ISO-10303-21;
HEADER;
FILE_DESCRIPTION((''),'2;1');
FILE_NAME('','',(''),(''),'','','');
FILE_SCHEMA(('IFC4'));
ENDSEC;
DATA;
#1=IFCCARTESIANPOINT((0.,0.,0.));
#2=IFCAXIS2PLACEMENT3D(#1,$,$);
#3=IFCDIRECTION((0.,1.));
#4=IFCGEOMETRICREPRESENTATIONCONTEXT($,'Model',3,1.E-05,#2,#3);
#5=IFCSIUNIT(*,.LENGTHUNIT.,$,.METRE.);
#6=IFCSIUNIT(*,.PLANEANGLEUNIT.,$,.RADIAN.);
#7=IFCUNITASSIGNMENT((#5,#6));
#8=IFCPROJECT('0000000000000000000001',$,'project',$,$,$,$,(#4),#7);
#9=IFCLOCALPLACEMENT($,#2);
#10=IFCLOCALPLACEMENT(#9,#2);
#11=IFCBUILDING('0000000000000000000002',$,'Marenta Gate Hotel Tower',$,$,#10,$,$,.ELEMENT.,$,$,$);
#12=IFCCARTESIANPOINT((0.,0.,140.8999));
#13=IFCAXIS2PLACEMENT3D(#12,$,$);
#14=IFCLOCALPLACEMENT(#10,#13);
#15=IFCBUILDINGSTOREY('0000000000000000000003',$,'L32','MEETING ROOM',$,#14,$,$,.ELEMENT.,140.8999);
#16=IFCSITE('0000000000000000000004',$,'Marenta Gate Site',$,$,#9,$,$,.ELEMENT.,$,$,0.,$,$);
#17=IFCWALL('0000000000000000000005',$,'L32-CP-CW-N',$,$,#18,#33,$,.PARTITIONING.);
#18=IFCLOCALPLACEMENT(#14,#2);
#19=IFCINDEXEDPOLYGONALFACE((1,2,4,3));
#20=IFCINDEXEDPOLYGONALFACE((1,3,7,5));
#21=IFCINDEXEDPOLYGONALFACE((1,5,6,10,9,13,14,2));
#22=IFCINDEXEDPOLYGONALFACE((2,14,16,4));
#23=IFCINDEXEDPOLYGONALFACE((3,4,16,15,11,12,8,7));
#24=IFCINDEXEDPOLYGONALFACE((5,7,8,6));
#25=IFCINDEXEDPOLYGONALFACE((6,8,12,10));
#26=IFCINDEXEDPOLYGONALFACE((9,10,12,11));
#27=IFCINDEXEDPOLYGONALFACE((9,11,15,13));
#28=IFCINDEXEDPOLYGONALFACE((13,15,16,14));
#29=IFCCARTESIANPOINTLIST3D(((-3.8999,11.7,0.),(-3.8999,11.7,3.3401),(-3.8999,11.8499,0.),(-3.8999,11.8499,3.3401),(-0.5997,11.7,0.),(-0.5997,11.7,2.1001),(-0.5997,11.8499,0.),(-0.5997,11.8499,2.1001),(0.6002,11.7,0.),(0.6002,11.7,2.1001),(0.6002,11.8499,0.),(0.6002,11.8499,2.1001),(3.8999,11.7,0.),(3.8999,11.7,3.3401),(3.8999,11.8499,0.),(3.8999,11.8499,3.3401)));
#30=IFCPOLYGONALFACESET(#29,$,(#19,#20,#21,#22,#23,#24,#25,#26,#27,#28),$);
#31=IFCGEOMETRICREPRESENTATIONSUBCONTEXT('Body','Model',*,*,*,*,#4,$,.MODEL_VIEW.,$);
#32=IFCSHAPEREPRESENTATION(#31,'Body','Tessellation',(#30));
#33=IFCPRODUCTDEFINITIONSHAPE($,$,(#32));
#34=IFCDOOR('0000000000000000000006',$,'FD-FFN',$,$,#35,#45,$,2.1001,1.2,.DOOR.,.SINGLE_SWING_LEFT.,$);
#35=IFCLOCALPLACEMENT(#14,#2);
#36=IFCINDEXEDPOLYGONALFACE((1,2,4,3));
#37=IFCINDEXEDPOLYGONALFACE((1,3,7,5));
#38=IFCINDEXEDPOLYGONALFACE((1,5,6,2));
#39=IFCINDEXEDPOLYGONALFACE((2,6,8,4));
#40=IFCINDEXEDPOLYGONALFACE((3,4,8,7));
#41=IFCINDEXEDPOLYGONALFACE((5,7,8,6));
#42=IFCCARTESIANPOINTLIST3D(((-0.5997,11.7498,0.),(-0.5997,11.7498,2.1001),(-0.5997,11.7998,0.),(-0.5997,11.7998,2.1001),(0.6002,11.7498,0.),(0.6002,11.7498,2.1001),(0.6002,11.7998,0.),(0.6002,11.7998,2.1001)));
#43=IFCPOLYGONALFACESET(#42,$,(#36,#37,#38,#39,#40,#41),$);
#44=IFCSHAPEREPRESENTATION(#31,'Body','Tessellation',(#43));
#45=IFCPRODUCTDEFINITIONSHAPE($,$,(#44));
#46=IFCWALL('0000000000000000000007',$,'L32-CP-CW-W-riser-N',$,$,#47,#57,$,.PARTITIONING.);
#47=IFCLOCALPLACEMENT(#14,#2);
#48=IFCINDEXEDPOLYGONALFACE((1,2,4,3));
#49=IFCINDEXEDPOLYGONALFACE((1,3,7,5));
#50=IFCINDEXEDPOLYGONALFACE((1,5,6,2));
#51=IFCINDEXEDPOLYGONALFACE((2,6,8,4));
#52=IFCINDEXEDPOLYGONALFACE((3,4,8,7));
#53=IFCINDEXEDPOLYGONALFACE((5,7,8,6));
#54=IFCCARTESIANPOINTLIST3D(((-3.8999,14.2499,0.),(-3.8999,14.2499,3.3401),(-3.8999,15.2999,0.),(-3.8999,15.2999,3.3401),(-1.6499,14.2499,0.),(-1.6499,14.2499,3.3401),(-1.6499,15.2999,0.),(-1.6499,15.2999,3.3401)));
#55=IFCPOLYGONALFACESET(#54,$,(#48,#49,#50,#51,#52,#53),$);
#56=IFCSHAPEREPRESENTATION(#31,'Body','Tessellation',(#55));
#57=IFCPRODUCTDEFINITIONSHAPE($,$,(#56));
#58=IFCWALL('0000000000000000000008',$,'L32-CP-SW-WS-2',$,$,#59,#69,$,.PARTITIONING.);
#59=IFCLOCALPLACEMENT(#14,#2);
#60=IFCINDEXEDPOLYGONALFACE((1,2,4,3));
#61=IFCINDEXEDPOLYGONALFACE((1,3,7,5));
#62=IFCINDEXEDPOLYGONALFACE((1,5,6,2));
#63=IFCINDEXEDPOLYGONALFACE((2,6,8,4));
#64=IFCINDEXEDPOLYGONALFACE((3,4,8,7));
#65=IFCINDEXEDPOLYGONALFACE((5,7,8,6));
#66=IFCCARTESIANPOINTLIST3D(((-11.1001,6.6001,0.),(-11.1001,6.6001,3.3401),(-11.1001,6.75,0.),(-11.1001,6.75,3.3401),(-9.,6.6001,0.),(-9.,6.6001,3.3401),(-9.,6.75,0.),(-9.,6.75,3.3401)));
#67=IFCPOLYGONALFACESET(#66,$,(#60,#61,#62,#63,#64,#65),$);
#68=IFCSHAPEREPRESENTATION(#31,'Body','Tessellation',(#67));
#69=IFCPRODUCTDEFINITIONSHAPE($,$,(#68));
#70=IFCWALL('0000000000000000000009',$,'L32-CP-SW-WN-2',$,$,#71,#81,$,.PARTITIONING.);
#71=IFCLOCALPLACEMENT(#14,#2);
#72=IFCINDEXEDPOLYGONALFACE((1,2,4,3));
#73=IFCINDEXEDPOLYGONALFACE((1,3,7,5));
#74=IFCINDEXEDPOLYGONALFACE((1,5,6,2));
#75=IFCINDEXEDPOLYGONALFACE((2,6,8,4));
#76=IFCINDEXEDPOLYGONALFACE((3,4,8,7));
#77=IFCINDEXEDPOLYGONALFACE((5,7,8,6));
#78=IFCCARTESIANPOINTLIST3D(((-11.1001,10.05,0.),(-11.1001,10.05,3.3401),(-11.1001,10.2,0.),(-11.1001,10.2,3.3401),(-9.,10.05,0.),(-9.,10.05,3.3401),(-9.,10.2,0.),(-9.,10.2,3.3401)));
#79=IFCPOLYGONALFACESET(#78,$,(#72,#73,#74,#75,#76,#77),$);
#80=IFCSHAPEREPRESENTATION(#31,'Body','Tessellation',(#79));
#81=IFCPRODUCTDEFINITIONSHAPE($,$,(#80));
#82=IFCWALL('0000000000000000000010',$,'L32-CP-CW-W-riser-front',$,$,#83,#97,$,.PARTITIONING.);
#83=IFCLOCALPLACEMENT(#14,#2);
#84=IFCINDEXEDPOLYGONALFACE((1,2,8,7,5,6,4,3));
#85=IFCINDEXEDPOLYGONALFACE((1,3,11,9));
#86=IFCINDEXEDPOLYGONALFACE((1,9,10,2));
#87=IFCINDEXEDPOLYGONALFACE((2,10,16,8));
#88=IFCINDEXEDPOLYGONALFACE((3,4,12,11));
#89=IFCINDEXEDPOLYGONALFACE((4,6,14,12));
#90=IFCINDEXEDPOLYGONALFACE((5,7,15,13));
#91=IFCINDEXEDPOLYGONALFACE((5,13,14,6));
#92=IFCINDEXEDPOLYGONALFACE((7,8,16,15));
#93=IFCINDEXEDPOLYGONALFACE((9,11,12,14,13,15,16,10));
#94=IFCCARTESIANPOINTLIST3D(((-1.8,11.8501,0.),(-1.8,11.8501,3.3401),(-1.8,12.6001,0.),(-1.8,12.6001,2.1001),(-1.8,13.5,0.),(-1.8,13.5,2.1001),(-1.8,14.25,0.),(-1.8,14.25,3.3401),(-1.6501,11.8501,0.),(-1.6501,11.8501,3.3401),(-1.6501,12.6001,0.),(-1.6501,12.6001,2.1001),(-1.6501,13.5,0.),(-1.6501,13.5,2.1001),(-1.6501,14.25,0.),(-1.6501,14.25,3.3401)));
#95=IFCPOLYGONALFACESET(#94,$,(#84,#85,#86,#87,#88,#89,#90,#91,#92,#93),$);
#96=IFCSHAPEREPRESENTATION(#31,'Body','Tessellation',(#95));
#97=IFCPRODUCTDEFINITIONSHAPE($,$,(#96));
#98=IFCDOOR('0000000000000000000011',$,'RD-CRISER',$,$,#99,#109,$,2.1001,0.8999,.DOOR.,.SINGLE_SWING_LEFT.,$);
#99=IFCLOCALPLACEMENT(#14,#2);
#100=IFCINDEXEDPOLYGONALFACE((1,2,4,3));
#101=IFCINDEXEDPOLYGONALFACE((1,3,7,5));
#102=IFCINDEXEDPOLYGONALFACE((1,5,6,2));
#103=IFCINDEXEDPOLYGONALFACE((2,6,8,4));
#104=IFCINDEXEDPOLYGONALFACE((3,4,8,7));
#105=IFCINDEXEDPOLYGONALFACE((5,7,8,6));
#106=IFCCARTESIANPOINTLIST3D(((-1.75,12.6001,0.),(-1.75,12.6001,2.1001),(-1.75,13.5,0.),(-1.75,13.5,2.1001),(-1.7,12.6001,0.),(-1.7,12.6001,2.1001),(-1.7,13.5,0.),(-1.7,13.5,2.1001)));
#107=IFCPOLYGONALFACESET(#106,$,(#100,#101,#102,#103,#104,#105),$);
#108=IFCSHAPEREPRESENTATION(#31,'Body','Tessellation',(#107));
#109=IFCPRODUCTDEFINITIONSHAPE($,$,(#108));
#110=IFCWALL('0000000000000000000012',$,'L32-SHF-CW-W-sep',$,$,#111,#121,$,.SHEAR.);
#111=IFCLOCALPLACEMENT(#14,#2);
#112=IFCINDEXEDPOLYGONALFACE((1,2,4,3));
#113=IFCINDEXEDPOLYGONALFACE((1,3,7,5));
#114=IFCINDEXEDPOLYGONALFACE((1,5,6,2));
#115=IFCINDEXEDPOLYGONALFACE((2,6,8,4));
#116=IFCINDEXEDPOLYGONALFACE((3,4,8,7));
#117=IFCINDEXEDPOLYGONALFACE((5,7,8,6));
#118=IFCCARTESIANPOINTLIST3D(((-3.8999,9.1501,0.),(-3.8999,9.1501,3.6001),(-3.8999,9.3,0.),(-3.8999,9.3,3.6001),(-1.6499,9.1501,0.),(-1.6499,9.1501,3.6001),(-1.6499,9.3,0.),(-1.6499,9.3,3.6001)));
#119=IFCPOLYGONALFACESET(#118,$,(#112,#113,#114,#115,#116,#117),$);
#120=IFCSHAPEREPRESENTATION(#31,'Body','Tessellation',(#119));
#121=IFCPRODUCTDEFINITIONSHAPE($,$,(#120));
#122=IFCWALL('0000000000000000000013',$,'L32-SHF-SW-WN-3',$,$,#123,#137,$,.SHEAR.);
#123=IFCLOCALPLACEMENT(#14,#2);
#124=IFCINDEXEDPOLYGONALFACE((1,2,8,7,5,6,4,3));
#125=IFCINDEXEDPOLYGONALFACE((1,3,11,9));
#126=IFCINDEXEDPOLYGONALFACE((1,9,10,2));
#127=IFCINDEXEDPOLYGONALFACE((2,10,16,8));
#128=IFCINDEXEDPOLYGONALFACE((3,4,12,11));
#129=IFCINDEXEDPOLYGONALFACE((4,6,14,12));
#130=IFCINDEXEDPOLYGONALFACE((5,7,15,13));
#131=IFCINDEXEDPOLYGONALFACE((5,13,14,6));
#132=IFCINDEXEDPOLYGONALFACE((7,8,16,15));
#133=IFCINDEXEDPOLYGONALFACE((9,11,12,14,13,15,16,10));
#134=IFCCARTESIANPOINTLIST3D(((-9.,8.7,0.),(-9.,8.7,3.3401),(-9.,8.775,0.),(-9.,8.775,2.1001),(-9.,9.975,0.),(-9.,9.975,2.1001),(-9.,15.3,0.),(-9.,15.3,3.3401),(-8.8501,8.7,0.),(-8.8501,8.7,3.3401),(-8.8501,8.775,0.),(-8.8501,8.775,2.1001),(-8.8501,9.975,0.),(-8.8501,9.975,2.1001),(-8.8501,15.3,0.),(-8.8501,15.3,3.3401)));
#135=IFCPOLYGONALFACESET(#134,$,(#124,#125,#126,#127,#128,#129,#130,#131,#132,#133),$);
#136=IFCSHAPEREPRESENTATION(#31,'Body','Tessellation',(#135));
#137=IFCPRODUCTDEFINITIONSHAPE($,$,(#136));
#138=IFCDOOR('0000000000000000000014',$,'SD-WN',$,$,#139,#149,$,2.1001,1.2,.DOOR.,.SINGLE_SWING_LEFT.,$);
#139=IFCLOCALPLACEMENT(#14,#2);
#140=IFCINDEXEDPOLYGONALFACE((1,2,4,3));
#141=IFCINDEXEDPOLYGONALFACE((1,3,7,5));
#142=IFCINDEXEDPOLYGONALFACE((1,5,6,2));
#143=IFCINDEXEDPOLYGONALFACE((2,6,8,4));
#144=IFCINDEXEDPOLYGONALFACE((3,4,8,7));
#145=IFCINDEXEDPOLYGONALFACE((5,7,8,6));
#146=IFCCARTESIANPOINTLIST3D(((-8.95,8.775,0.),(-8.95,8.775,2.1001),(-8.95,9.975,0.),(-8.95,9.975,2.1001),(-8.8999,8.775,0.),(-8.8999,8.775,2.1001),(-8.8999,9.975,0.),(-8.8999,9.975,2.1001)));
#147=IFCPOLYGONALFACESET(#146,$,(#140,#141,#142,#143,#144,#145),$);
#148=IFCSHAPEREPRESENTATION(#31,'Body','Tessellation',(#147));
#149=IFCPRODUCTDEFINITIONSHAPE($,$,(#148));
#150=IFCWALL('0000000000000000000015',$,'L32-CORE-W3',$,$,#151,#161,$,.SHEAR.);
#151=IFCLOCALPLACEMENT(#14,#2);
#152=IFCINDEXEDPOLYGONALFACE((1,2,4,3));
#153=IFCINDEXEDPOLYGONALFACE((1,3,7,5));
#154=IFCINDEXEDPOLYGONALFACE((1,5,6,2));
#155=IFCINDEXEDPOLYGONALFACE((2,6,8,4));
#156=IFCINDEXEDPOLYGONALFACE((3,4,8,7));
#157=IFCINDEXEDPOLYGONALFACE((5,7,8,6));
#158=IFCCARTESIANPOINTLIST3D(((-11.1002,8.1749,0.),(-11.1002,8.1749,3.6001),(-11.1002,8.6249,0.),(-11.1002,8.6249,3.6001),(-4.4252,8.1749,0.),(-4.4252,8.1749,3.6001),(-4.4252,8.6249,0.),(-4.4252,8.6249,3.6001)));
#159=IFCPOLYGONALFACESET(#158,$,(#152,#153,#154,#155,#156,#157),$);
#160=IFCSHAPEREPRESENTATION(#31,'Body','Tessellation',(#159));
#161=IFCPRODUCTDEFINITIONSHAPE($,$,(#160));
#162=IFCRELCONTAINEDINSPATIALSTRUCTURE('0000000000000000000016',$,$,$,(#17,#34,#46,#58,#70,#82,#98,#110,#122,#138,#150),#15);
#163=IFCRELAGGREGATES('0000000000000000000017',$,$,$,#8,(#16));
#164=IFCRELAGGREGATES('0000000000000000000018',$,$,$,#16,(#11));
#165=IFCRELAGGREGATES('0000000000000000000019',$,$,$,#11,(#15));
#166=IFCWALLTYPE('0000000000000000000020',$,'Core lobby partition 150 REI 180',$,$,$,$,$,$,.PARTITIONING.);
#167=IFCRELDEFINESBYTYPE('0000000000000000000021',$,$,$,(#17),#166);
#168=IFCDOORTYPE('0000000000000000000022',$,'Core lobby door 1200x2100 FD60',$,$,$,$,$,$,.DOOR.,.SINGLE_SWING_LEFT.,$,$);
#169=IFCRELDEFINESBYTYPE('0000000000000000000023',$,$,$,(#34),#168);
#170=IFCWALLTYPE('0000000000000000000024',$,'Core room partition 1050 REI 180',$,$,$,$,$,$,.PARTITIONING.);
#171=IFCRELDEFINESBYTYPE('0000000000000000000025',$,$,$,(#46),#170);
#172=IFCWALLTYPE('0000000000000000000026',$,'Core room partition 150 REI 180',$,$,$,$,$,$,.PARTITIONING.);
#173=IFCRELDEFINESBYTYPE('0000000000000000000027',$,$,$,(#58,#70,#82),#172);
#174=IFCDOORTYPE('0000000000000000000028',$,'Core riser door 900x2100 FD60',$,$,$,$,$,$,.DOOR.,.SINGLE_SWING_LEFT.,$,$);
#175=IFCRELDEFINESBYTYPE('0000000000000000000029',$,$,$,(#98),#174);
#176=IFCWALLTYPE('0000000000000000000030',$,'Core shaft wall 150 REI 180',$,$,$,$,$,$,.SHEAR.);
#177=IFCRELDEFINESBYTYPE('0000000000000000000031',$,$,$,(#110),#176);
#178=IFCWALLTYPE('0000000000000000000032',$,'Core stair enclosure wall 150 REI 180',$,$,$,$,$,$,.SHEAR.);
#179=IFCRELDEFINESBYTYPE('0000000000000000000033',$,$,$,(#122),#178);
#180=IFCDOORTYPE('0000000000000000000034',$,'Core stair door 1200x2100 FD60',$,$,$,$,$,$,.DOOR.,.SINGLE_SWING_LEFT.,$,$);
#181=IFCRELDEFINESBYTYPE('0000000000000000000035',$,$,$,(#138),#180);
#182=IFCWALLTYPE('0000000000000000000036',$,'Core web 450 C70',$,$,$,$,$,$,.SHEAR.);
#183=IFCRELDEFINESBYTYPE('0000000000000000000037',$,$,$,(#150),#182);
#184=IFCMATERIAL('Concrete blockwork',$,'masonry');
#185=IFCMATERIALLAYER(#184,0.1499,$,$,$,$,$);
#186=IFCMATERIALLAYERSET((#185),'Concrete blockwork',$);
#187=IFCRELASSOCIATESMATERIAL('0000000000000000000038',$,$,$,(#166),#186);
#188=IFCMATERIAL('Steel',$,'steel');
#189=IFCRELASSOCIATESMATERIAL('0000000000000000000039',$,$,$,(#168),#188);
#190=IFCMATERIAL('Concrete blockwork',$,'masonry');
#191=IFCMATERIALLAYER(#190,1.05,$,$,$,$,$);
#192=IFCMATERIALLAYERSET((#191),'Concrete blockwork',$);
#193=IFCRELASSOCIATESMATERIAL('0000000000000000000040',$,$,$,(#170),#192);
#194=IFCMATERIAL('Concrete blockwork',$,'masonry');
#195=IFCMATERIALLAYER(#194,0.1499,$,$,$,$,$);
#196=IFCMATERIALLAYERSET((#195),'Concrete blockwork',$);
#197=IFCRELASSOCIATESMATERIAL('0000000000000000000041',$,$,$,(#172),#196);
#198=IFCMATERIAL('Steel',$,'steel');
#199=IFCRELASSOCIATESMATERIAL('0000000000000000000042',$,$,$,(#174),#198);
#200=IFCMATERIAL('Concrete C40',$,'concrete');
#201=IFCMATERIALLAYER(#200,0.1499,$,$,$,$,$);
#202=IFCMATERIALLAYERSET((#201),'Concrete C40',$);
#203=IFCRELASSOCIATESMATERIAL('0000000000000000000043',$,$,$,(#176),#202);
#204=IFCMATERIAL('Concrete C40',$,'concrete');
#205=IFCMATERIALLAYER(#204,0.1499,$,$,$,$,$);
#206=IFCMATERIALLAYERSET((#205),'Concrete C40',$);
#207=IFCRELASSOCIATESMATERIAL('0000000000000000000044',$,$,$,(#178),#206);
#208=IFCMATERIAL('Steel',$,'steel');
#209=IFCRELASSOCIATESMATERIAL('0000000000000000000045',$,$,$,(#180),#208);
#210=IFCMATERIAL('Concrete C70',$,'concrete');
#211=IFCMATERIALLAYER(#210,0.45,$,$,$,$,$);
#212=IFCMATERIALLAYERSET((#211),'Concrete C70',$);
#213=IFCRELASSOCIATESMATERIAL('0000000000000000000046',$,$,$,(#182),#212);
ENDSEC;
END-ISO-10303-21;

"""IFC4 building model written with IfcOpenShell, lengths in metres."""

from ifc_helpers import new_model, si_unit, direction, frame, frame_2d, origin, place, context, subcontext, project, spatial, rectangle, extrude, material, layer, layer_set, type_object, element, fill, save


model = new_model("IFC4")

# Units and contexts
model_context = context("Model", 3, precision=1e-05, world=origin(), true_north=direction((0.0, 1.0)))
body_context = subcontext(model_context, "Body", "Model", "MODEL_VIEW")
ifc_project = project(units=[si_unit("LENGTHUNIT", "METRE"), si_unit("PLANEANGLEUNIT", "RADIAN")], contexts=[model_context])

# Site, building, storey
site_placement = place(None, origin())
site = spatial("IfcSite", under=ifc_project, at=site_placement, Name="Marenta Gate Site", CompositionType="ELEMENT", RefElevation=0.0)
building_placement = place(site_placement, origin())
building = spatial("IfcBuilding", under=site, at=building_placement, Name="Marenta Gate Hotel Tower", CompositionType="ELEMENT")
storey_placement = place(building_placement, frame((0.0, 0.0, 140.8999)))
storey = spatial("IfcBuildingStorey", under=building, at=storey_placement, Name="L32", Description="MEETING ROOM", CompositionType="ELEMENT", Elevation=140.8999)

# Wall, opening, door
ifc_material_1 = material(Name="Concrete blockwork", Category="masonry")
ifc_layer_1 = layer(ifc_material_1, 0.1499)
ifc_layer_set_1 = layer_set([ifc_layer_1], Name="Concrete blockwork")
wall_type_1 = type_object("IfcWallType", Name="Core lobby partition 150 REI 180", PredefinedType="PARTITIONING", material=ifc_layer_set_1)
wall_1_placement = place(storey_placement, frame((-3.8999, 11.7749, 0.0), z_axis=(0.0, 0.0, 1.0), x_axis=(1.0, 0.0, 0.0)))
wall_1 = element("IfcWall", 1, at=wall_1_placement, inside=storey, type_object=wall_type_1, Name="L32-CP-CW-N", PredefinedType="PARTITIONING", context=body_context, shape_type="SweptSolid", body=[
    extrude(rectangle(XDim=7.7998, YDim=0.1499, at=frame_2d((3.8999, 0.0))), origin(), (0.0, 0.0, 1.0), 3.3401),
])
opening_1_placement = place(wall_1_placement, frame((3.3, 0.0, 0.0)))
opening_1 = element("IfcOpeningElement", 2, at=opening_1_placement, cuts=wall_1, PredefinedType="OPENING", context=body_context, shape_type="SweptSolid", body=[
    extrude(rectangle(XDim=1.2, YDim=2.1001, at=frame_2d((0.6001, 1.05))), frame((0.0, 0.075, 0.0), z_axis=(0.0, -1.0, 0.0), x_axis=(1.0, 0.0, 0.0)), (0.0, 0.0, 1.0), 0.1499),
])
ifc_material_2 = material(Name="Steel", Category="steel")
door_type_1 = type_object("IfcDoorType", Name="Core lobby door 1200x2100 FD60", OperationType="SINGLE_SWING_LEFT", PredefinedType="DOOR", material=ifc_material_2)
door_1_placement = place(opening_1_placement, origin())
door_1 = element("IfcDoor", 3, at=door_1_placement, inside=storey, type_object=door_type_1, Name="FD-FFN", OperationType="SINGLE_SWING_LEFT", OverallHeight=2.1001, OverallWidth=1.2, PredefinedType="DOOR", context=body_context, shape_type="SweptSolid", body=[
    extrude(rectangle(XDim=1.2, YDim=2.1001, at=frame_2d((0.6001, 1.05))), frame((0.0, 0.0249, 0.0), z_axis=(0.0, -1.0, 0.0), x_axis=(1.0, 0.0, 0.0)), (0.0, 0.0, 1.0), 0.05),
])
fill(opening_1, door_1)

# Walls
ifc_material_3 = material(Name="Concrete blockwork", Category="masonry")
ifc_layer_2 = layer(ifc_material_3, 1.05)
ifc_layer_set_2 = layer_set([ifc_layer_2], Name="Concrete blockwork")
wall_type_2 = type_object("IfcWallType", Name="Core room partition 1050 REI 180", PredefinedType="PARTITIONING", material=ifc_layer_set_2)
wall_2_placement = place(storey_placement, frame((-3.8999, 14.7749, 0.0), z_axis=(0.0, 0.0, 1.0), x_axis=(1.0, 0.0, 0.0)))
element("IfcWall", 4, at=wall_2_placement, inside=storey, type_object=wall_type_2, Name="L32-CP-CW-W-riser-N", PredefinedType="PARTITIONING", context=body_context, shape_type="SweptSolid", body=[
    extrude(rectangle(XDim=2.25, YDim=1.05, at=frame_2d((1.125, 0.0))), origin(), (0.0, 0.0, 1.0), 3.3401),
])
ifc_material_4 = material(Name="Concrete blockwork", Category="masonry")
ifc_layer_3 = layer(ifc_material_4, 0.1499)
ifc_layer_set_3 = layer_set([ifc_layer_3], Name="Concrete blockwork")
wall_type_3 = type_object("IfcWallType", Name="Core room partition 150 REI 180", PredefinedType="PARTITIONING", material=ifc_layer_set_3)
for number, where, z_axis, x_axis, name in (
    (5, (-11.1001, 6.675, 0.0), (0.0, 0.0, 1.0), (1.0, 0.0, 0.0), "L32-CP-SW-WS-2"),
    (6, (-11.1001, 10.125, 0.0), (0.0, 0.0, 1.0), (1.0, 0.0, 0.0), "L32-CP-SW-WN-2"),
):
    element("IfcWall", number, at=place(storey_placement, frame(where, z_axis=z_axis, x_axis=x_axis)), inside=storey, type_object=wall_type_3, Name=name, PredefinedType="PARTITIONING", context=body_context, shape_type="SweptSolid", body=[
        extrude(rectangle(XDim=2.1001, YDim=0.1499, at=frame_2d((1.05, 0.0))), origin(), (0.0, 0.0, 1.0), 3.3401),
    ])

# Wall, opening, door
wall_3_placement = place(storey_placement, frame((-1.7251, 11.8501, 0.0), z_axis=(0.0, 0.0, 1.0), x_axis=(0.0, 1.0, 0.0)))
wall_3 = element("IfcWall", 7, at=wall_3_placement, inside=storey, type_object=wall_type_3, Name="L32-CP-CW-W-riser-front", PredefinedType="PARTITIONING", context=body_context, shape_type="SweptSolid", body=[
    extrude(rectangle(XDim=2.3999, YDim=0.1499, at=frame_2d((1.2, 0.0))), origin(), (0.0, 0.0, 1.0), 3.3401),
])
opening_2_placement = place(wall_3_placement, frame((0.75, 0.0, 0.0)))
opening_2 = element("IfcOpeningElement", 8, at=opening_2_placement, cuts=wall_3, PredefinedType="OPENING", context=body_context, shape_type="SweptSolid", body=[
    extrude(rectangle(XDim=0.8999, YDim=2.1001, at=frame_2d((0.45, 1.05))), frame((0.0, 0.075, 0.0), z_axis=(0.0, -1.0, 0.0), x_axis=(1.0, 0.0, 0.0)), (0.0, 0.0, 1.0), 0.1499),
])
ifc_material_5 = material(Name="Steel", Category="steel")
door_type_2 = type_object("IfcDoorType", Name="Core riser door 900x2100 FD60", OperationType="SINGLE_SWING_LEFT", PredefinedType="DOOR", material=ifc_material_5)
door_2_placement = place(opening_2_placement, origin())
door_2 = element("IfcDoor", 9, at=door_2_placement, inside=storey, type_object=door_type_2, Name="RD-CRISER", OperationType="SINGLE_SWING_LEFT", OverallHeight=2.1001, OverallWidth=0.8999, PredefinedType="DOOR", context=body_context, shape_type="SweptSolid", body=[
    extrude(rectangle(XDim=0.8999, YDim=2.1001, at=frame_2d((0.45, 1.05))), frame((0.0, 0.0249, 0.0), z_axis=(0.0, -1.0, 0.0), x_axis=(1.0, 0.0, 0.0)), (0.0, 0.0, 1.0), 0.05),
])
fill(opening_2, door_2)

# Wall
ifc_material_6 = material(Name="Concrete C40", Category="concrete")
ifc_layer_4 = layer(ifc_material_6, 0.1499)
ifc_layer_set_4 = layer_set([ifc_layer_4], Name="Concrete C40")
wall_type_4 = type_object("IfcWallType", Name="Core shaft wall 150 REI 180", PredefinedType="SHEAR", material=ifc_layer_set_4)
wall_4_placement = place(storey_placement, frame((-3.8999, 9.2251, 0.0), z_axis=(0.0, 0.0, 1.0), x_axis=(1.0, 0.0, 0.0)))
element("IfcWall", 10, at=wall_4_placement, inside=storey, type_object=wall_type_4, Name="L32-SHF-CW-W-sep", PredefinedType="SHEAR", context=body_context, shape_type="SweptSolid", body=[
    extrude(rectangle(XDim=2.25, YDim=0.1499, at=frame_2d((1.125, 0.0))), origin(), (0.0, 0.0, 1.0), 3.6001),
])

# Wall, opening, door
ifc_material_7 = material(Name="Concrete C40", Category="concrete")
ifc_layer_5 = layer(ifc_material_7, 0.1499)
ifc_layer_set_5 = layer_set([ifc_layer_5], Name="Concrete C40")
wall_type_5 = type_object("IfcWallType", Name="Core stair enclosure wall 150 REI 180", PredefinedType="SHEAR", material=ifc_layer_set_5)
wall_5_placement = place(storey_placement, frame((-8.925, 8.7, 0.0), z_axis=(0.0, 0.0, 1.0), x_axis=(0.0, 1.0, 0.0)))
wall_5 = element("IfcWall", 11, at=wall_5_placement, inside=storey, type_object=wall_type_5, Name="L32-SHF-SW-WN-3", PredefinedType="SHEAR", context=body_context, shape_type="SweptSolid", body=[
    extrude(rectangle(XDim=6.6001, YDim=0.1499, at=frame_2d((3.3, 0.0))), origin(), (0.0, 0.0, 1.0), 3.3401),
])
opening_3_placement = place(wall_5_placement, frame((0.075, 0.0, 0.0)))
opening_3 = element("IfcOpeningElement", 12, at=opening_3_placement, cuts=wall_5, PredefinedType="OPENING", context=body_context, shape_type="SweptSolid", body=[
    extrude(rectangle(XDim=1.2, YDim=2.1001, at=frame_2d((0.6001, 1.05))), frame((0.0, 0.075, 0.0), z_axis=(0.0, -1.0, 0.0), x_axis=(1.0, 0.0, 0.0)), (0.0, 0.0, 1.0), 0.1499),
])
ifc_material_8 = material(Name="Steel", Category="steel")
door_type_3 = type_object("IfcDoorType", Name="Core stair door 1200x2100 FD60", OperationType="SINGLE_SWING_LEFT", PredefinedType="DOOR", material=ifc_material_8)
door_3_placement = place(opening_3_placement, origin())
door_3 = element("IfcDoor", 13, at=door_3_placement, inside=storey, type_object=door_type_3, Name="SD-WN", OperationType="SINGLE_SWING_LEFT", OverallHeight=2.1001, OverallWidth=1.2, PredefinedType="DOOR", context=body_context, shape_type="SweptSolid", body=[
    extrude(rectangle(XDim=1.2, YDim=2.1001, at=frame_2d((0.6001, 1.05))), frame((0.0, 0.0249, 0.0), z_axis=(0.0, -1.0, 0.0), x_axis=(1.0, 0.0, 0.0)), (0.0, 0.0, 1.0), 0.05),
])
fill(opening_3, door_3)

# Wall
ifc_material_9 = material(Name="Concrete C70", Category="concrete")
ifc_layer_6 = layer(ifc_material_9, 0.45)
ifc_layer_set_6 = layer_set([ifc_layer_6], Name="Concrete C70")
wall_type_6 = type_object("IfcWallType", Name="Core web 450 C70", PredefinedType="SHEAR", material=ifc_layer_set_6)
wall_6_placement = place(storey_placement, frame((-11.1001, 8.3999, 0.0), z_axis=(0.0, 0.0, 1.0), x_axis=(1.0, 0.0, 0.0)))
element("IfcWall", 14, at=wall_6_placement, inside=storey, type_object=wall_type_6, Name="L32-CORE-W3", PredefinedType="SHEAR", context=body_context, shape_type="SweptSolid", body=[
    extrude(rectangle(XDim=6.675, YDim=0.45, at=frame_2d((3.3374, 0.0))), origin(), (0.0, 0.0, 1.0), 3.6001),
])

save(model, "model.ifc")
